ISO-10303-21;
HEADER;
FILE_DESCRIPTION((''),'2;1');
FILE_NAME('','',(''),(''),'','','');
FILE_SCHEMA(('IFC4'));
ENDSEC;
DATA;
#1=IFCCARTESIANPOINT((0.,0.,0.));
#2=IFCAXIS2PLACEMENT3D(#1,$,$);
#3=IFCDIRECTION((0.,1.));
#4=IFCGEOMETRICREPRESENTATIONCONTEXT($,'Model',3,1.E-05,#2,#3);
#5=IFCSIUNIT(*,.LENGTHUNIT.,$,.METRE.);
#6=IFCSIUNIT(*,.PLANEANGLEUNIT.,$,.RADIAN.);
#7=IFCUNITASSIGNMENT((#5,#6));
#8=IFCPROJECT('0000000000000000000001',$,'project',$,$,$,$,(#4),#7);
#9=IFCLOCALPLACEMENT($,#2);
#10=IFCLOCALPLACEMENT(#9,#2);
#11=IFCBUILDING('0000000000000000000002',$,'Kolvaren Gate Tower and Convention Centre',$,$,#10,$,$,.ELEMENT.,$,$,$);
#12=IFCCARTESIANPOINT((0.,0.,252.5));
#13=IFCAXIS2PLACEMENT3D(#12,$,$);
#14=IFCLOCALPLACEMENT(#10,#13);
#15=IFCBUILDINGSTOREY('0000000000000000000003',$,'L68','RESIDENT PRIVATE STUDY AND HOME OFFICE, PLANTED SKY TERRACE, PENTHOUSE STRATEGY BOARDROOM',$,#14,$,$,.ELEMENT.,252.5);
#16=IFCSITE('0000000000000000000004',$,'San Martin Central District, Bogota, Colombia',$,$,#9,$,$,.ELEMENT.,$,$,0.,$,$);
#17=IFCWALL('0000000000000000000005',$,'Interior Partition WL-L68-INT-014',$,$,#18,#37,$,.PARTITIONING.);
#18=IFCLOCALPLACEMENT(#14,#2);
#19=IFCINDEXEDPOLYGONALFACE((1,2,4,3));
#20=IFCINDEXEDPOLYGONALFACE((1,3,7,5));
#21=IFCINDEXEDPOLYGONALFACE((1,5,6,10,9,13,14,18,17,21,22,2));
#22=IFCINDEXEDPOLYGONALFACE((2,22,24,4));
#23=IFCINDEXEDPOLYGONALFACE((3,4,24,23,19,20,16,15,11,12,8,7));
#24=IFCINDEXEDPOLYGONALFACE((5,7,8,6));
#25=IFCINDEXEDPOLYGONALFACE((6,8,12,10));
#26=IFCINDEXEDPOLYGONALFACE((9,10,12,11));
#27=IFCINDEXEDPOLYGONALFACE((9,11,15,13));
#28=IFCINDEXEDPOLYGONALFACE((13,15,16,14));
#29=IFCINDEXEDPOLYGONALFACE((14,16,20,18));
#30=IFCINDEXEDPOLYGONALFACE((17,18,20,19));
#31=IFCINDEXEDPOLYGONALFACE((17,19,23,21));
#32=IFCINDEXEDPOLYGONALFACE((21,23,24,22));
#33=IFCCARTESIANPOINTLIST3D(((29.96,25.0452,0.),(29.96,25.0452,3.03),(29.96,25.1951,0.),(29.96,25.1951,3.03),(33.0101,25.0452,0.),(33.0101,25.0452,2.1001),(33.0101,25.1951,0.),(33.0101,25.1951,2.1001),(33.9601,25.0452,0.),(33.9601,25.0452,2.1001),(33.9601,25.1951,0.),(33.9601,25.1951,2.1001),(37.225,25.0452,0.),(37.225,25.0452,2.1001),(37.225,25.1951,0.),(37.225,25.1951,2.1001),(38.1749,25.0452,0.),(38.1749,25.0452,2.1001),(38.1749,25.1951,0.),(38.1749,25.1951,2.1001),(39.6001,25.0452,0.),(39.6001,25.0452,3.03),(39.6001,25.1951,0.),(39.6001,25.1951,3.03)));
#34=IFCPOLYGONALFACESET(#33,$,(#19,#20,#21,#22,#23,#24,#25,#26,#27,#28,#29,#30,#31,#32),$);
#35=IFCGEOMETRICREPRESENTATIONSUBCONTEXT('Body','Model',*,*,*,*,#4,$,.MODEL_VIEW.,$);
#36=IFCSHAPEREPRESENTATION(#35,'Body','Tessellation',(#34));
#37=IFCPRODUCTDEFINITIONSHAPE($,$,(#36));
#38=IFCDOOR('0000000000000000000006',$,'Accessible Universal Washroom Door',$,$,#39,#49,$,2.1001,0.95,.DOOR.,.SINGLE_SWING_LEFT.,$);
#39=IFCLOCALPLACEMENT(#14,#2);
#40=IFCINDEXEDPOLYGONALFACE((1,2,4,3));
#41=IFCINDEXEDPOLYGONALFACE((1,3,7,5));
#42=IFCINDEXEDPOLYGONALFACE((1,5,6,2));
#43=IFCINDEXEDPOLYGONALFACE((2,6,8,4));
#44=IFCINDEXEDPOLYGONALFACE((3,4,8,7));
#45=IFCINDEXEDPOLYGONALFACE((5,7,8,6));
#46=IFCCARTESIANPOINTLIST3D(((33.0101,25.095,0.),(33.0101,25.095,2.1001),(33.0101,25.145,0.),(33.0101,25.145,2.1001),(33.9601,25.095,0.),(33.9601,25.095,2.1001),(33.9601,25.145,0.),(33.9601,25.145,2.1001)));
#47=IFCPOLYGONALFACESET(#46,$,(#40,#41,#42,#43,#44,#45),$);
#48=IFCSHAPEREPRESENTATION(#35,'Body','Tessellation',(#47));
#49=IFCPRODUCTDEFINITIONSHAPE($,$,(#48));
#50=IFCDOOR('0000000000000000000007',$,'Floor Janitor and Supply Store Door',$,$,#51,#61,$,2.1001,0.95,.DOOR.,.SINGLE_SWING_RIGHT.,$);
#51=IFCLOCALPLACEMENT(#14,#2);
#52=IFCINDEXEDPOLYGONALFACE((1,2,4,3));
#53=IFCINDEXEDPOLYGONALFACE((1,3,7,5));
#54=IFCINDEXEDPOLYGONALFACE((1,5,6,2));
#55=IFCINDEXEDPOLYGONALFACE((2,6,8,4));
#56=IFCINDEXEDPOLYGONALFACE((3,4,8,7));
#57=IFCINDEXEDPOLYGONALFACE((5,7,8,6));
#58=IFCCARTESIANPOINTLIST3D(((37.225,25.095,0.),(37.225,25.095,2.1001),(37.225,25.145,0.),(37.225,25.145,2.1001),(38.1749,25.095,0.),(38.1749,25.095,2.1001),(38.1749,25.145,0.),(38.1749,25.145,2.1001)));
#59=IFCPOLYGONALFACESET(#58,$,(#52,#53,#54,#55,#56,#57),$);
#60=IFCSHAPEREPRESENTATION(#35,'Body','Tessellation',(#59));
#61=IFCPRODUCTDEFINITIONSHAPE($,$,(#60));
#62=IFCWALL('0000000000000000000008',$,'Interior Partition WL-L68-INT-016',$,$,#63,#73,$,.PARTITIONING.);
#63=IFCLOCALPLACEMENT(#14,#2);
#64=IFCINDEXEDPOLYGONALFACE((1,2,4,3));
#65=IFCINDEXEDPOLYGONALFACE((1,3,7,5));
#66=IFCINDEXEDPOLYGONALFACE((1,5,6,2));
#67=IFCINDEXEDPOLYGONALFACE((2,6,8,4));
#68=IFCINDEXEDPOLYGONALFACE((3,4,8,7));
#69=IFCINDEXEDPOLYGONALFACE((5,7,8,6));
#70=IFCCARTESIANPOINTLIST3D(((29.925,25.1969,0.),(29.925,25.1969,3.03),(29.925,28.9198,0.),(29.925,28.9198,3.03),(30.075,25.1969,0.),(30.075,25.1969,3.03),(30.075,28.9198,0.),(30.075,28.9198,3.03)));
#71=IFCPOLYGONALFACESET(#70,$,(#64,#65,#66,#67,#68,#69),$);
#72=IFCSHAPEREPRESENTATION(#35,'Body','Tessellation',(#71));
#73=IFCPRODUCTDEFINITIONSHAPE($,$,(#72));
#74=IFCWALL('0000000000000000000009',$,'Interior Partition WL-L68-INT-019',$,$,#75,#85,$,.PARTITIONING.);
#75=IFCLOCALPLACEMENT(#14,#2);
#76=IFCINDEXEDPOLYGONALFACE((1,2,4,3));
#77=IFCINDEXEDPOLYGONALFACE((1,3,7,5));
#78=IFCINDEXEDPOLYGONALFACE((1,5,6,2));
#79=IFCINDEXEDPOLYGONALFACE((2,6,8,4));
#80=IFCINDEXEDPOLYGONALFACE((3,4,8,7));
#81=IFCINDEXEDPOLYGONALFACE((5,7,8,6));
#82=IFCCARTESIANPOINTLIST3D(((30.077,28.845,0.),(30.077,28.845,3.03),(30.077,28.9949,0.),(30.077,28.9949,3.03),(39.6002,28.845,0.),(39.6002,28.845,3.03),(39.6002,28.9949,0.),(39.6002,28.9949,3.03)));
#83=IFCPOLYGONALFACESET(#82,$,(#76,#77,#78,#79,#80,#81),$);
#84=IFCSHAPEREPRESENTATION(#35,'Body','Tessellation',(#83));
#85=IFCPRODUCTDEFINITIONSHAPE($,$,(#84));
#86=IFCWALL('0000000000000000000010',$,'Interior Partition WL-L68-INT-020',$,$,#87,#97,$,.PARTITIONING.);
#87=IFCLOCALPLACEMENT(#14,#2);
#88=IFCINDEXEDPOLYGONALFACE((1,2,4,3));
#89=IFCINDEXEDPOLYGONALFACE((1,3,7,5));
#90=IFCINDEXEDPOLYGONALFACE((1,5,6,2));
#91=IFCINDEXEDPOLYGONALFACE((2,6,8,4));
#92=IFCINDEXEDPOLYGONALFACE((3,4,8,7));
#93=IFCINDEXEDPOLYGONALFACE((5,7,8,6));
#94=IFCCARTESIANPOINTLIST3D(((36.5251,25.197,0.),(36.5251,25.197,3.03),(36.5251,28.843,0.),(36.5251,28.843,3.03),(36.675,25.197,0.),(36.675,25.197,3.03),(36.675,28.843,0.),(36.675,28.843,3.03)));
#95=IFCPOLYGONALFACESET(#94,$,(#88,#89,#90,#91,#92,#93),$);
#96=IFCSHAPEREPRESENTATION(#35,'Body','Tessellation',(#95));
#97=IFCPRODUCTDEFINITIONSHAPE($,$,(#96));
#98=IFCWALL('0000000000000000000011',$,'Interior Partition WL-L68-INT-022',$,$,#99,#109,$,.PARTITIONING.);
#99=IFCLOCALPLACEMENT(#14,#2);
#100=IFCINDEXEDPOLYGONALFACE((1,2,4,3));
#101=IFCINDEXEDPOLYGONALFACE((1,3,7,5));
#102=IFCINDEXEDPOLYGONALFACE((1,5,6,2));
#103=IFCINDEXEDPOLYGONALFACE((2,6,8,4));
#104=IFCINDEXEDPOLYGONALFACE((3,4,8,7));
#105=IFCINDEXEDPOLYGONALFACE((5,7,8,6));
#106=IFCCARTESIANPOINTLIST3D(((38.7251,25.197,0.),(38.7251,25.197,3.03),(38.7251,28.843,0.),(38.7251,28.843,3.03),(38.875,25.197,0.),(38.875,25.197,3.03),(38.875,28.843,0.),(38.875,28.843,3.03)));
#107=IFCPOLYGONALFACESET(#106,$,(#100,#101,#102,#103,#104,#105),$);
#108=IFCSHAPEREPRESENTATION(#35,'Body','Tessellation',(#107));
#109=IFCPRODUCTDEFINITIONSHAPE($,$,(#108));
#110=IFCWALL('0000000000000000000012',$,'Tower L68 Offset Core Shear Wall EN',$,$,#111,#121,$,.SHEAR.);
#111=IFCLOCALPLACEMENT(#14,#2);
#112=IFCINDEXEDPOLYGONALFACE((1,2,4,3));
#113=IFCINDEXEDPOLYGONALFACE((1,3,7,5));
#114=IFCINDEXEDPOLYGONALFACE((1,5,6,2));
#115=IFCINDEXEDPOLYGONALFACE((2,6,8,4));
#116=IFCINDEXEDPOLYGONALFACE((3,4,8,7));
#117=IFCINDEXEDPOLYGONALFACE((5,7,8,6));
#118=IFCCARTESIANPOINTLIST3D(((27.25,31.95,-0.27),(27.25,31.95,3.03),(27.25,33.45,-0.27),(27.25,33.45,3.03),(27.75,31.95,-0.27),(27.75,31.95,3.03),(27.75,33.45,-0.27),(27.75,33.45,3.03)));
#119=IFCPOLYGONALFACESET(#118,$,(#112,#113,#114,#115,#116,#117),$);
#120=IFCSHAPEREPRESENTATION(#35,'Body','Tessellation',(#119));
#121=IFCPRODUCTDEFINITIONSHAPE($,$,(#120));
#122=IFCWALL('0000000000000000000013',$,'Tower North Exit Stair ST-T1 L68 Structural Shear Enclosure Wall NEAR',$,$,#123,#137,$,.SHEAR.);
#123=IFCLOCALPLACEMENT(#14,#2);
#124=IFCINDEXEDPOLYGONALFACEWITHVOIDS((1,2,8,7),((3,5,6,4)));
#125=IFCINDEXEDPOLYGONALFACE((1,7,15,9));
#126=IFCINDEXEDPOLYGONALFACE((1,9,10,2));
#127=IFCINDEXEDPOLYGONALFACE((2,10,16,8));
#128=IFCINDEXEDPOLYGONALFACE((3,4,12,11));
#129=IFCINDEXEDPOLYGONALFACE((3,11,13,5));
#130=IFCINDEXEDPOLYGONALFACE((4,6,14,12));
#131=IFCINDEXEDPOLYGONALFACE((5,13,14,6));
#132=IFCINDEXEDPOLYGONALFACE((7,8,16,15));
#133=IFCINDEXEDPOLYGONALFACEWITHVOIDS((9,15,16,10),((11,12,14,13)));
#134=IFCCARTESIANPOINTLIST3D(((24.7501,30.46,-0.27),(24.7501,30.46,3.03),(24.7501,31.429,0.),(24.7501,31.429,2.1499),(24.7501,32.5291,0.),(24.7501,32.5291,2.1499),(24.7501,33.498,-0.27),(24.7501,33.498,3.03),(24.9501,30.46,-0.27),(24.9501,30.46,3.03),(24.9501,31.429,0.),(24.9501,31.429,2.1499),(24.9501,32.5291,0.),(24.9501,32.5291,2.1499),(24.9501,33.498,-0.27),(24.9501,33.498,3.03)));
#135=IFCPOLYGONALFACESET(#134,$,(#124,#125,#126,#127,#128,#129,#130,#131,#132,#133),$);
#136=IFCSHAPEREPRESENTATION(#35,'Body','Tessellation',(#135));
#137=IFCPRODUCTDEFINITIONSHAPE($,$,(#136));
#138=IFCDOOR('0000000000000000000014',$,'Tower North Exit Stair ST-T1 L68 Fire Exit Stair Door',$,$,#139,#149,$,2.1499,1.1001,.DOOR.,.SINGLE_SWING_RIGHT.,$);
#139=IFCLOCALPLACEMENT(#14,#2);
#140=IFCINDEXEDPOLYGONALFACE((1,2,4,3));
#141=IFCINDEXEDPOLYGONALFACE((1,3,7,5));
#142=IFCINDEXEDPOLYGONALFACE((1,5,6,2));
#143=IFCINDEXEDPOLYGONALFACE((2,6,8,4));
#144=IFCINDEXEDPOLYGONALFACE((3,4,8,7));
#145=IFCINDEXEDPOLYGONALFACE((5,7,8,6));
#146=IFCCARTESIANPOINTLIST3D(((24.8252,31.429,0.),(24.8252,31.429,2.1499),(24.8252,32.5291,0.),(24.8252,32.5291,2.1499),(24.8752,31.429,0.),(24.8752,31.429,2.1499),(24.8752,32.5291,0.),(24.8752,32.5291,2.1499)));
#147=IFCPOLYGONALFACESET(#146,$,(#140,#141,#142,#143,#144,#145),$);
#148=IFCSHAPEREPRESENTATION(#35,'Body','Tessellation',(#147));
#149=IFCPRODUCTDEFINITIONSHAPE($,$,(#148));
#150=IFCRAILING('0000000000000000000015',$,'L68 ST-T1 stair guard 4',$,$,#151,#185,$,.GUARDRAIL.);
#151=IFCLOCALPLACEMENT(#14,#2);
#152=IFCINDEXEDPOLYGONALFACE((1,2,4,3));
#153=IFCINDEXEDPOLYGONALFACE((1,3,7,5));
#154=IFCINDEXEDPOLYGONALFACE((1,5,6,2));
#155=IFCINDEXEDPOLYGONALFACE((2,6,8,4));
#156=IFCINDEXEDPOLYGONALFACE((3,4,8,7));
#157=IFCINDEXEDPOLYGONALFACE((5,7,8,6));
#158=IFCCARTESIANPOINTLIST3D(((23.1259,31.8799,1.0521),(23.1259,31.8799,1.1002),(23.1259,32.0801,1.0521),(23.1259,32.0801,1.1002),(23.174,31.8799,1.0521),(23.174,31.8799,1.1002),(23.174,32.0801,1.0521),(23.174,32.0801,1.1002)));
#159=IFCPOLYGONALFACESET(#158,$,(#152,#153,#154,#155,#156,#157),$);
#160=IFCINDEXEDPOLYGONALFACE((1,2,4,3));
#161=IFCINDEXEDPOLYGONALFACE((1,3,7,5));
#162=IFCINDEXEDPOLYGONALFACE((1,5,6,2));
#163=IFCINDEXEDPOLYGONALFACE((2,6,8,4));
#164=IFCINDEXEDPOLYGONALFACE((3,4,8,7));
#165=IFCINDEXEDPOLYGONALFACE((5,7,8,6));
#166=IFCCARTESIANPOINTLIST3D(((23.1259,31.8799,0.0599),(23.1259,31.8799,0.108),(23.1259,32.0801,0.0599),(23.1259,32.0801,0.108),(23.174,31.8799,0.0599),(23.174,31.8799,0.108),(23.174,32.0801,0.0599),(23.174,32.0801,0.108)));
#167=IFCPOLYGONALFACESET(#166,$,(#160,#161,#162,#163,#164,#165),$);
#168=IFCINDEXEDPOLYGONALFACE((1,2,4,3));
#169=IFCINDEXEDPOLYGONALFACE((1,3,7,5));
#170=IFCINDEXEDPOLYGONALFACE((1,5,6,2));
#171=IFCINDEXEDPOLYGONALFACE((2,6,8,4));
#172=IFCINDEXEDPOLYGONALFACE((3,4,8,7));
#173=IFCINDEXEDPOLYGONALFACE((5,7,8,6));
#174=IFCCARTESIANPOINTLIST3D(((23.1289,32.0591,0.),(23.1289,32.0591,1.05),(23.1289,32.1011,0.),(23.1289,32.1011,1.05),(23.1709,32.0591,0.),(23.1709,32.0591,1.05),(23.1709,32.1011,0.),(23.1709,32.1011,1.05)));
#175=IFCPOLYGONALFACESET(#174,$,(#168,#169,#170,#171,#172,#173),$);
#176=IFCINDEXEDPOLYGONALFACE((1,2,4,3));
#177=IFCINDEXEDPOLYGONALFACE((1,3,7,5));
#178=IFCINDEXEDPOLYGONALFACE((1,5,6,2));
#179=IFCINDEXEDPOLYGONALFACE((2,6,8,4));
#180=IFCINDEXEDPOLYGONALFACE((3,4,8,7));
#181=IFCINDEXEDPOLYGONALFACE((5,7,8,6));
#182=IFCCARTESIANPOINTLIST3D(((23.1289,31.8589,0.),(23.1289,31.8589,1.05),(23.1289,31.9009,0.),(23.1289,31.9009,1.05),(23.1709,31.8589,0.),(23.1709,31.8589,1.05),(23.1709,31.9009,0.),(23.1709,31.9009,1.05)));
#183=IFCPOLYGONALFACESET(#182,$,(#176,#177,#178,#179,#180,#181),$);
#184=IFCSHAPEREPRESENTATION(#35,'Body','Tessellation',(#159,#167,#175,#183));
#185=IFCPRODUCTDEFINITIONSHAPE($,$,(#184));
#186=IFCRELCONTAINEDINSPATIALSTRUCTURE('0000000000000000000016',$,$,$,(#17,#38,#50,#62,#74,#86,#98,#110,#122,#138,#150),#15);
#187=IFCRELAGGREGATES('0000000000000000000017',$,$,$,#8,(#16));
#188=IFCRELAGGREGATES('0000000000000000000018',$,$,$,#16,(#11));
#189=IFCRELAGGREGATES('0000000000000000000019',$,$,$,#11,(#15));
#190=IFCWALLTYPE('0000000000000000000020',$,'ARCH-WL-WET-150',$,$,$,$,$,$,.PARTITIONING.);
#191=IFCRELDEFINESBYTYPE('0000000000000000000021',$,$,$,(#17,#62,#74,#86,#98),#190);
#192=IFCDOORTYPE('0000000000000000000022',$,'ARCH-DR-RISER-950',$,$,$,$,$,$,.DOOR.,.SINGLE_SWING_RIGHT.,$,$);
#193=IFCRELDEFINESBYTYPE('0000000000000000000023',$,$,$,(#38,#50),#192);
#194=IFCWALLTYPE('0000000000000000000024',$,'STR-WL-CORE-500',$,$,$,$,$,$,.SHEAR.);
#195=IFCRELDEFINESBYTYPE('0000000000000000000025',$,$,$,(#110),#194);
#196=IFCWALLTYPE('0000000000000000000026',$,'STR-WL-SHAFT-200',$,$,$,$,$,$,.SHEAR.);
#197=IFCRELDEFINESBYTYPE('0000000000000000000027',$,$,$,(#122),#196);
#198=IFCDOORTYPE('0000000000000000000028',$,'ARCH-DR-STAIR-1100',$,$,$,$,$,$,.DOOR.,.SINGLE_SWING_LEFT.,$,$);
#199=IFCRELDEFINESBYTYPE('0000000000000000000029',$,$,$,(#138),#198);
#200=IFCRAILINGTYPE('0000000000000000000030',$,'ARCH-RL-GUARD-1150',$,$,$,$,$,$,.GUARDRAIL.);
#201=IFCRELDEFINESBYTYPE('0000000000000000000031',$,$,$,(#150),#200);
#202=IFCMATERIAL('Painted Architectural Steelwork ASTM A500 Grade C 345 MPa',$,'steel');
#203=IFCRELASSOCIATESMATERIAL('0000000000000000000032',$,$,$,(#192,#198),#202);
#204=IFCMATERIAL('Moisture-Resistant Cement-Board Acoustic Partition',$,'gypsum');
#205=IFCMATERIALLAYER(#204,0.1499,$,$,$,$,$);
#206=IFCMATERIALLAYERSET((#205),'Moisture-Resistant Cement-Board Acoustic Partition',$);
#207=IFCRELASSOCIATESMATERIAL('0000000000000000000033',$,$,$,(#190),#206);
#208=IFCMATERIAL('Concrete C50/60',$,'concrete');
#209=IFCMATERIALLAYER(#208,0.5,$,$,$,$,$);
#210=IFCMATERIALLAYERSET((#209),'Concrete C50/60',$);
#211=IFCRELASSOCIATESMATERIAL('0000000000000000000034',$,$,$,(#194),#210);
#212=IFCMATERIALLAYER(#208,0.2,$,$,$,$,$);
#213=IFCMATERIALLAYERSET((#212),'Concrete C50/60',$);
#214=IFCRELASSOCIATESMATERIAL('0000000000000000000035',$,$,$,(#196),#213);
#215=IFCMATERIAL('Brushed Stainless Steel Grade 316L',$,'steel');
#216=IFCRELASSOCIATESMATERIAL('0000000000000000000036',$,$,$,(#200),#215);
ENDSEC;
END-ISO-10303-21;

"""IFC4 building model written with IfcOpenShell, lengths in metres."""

from ifc_helpers import new_model, si_unit, direction, frame, frame_2d, origin, origin_2d, place, context, subcontext, project, spatial, rectangle, extrude, material, layer, layer_set, type_object, element, fill, save


model = new_model("IFC4")

# Units and contexts
model_context = context("Model", 3, precision=1e-05, world=origin(), true_north=direction((0.0, 1.0)))
body_context = subcontext(model_context, "Body", "Model", "MODEL_VIEW")
ifc_project = project(units=[si_unit("LENGTHUNIT", "METRE"), si_unit("PLANEANGLEUNIT", "RADIAN")], contexts=[model_context])

# Site, building, storey
site_placement = place(None, origin())
site = spatial("IfcSite", under=ifc_project, at=site_placement, Name="San Martin Central District, Bogota, Colombia", CompositionType="ELEMENT", RefElevation=0.0)
building_placement = place(site_placement, origin())
building = spatial("IfcBuilding", under=site, at=building_placement, Name="Kolvaren Gate Tower and Convention Centre", CompositionType="ELEMENT")
storey_placement = place(building_placement, frame((0.0, 0.0, 252.5)))
storey = spatial("IfcBuildingStorey", under=building, at=storey_placement, Name="L68", Description="RESIDENT PRIVATE STUDY AND HOME OFFICE, PLANTED SKY TERRACE, PENTHOUSE STRATEGY BOARDROOM", CompositionType="ELEMENT", Elevation=252.5)

# Shared definitions
ifc_material_1 = material(Name="Painted Architectural Steelwork ASTM A500 Grade C 345 MPa", Category="steel")
door_type_1 = type_object("IfcDoorType", Name="ARCH-DR-RISER-950", OperationType="SINGLE_SWING_RIGHT", PredefinedType="DOOR", material=ifc_material_1)

# Shared definitions
ifc_material_2 = material(Name="Brushed Stainless Steel Grade 316L", Category="steel")

# Wall, openings, doors
ifc_material_3 = material(Name="Moisture-Resistant Cement-Board Acoustic Partition", Category="gypsum")
ifc_layer_1 = layer(ifc_material_3, 0.1499)
ifc_layer_set_1 = layer_set([ifc_layer_1], Name="Moisture-Resistant Cement-Board Acoustic Partition")
wall_type_1 = type_object("IfcWallType", Name="ARCH-WL-WET-150", PredefinedType="PARTITIONING", material=ifc_layer_set_1)
wall_1_placement = place(storey_placement, frame((29.96, 25.1201, 0.0), z_axis=(0.0, 0.0, 1.0), x_axis=(1.0, 0.0, 0.0)))
wall_1 = element("IfcWall", 1, at=wall_1_placement, inside=storey, type_object=wall_type_1, Name="Interior Partition WL-L68-INT-014", PredefinedType="PARTITIONING", context=body_context, shape_type="SweptSolid", body=[
    extrude(rectangle(XDim=9.6401, YDim=0.1499, at=frame_2d((4.8201, 0.0))), origin(), (0.0, 0.0, 1.0), 3.03),
])
opening_1_placement = place(wall_1_placement, frame((3.05, 0.0, 0.0)))
opening_1 = element("IfcOpeningElement", 2, at=opening_1_placement, cuts=wall_1, PredefinedType="OPENING", context=body_context, shape_type="SweptSolid", body=[
    extrude(rectangle(XDim=0.95, YDim=2.1001, at=frame_2d((0.4751, 1.05))), frame((0.0, 0.085, 0.0), z_axis=(0.0, -1.0, 0.0), x_axis=(1.0, 0.0, 0.0)), (0.0, 0.0, 1.0), 0.1699),
])
opening_2_placement = place(wall_1_placement, frame((7.2649, 0.0, 0.0)))
opening_2 = element("IfcOpeningElement", 3, at=opening_2_placement, cuts=wall_1, PredefinedType="OPENING", context=body_context, shape_type="SweptSolid", body=[
    extrude(rectangle(XDim=0.95, YDim=2.1001, at=frame_2d((0.4751, 1.05))), frame((0.0, 0.085, 0.0), z_axis=(0.0, -1.0, 0.0), x_axis=(1.0, 0.0, 0.0)), (0.0, 0.0, 1.0), 0.1699),
])
door_1_placement = place(opening_1_placement, origin())
door_1 = element("IfcDoor", 4, at=door_1_placement, inside=storey, type_object=door_type_1, Name="Accessible Universal Washroom Door", OperationType="SINGLE_SWING_LEFT", OverallHeight=2.1001, OverallWidth=0.95, PredefinedType="DOOR", context=body_context, shape_type="SweptSolid", body=[
    extrude(rectangle(XDim=0.95, YDim=2.1001, at=frame_2d((0.4751, 1.05))), frame((0.0, 0.0249, 0.0), z_axis=(0.0, -1.0, 0.0), x_axis=(1.0, 0.0, 0.0)), (0.0, 0.0, 1.0), 0.05),
])
fill(opening_1, door_1)
door_2_placement = place(opening_2_placement, origin())
door_2 = element("IfcDoor", 5, at=door_2_placement, inside=storey, type_object=door_type_1, Name="Floor Janitor and Supply Store Door", OperationType="SINGLE_SWING_RIGHT", OverallHeight=2.1001, OverallWidth=0.95, PredefinedType="DOOR", context=body_context, shape_type="SweptSolid", body=[
    extrude(rectangle(XDim=0.95, YDim=2.1001, at=frame_2d((0.4751, 1.05))), frame((0.0, 0.0249, 0.0), z_axis=(0.0, -1.0, 0.0), x_axis=(1.0, 0.0, 0.0)), (0.0, 0.0, 1.0), 0.05),
])
fill(opening_2, door_2)

# Walls
wall_2_placement = place(storey_placement, frame((30.0, 25.197, 0.0), z_axis=(0.0, 0.0, 1.0), x_axis=(0.0, 1.0, 0.0)))
element("IfcWall", 6, at=wall_2_placement, inside=storey, type_object=wall_type_1, Name="Interior Partition WL-L68-INT-016", PredefinedType="PARTITIONING", context=body_context, shape_type="SweptSolid", body=[
    extrude(rectangle(XDim=3.7229, YDim=0.1499, at=frame_2d((1.8613, 0.0))), origin(), (0.0, 0.0, 1.0), 3.03),
])
wall_3_placement = place(storey_placement, frame((30.0769, 28.9199, 0.0), z_axis=(0.0, 0.0, 1.0), x_axis=(1.0, 0.0, 0.0)))
element("IfcWall", 7, at=wall_3_placement, inside=storey, type_object=wall_type_1, Name="Interior Partition WL-L68-INT-019", PredefinedType="PARTITIONING", context=body_context, shape_type="SweptSolid", body=[
    extrude(rectangle(XDim=9.5232, YDim=0.1499, at=frame_2d((4.7617, 0.0))), origin(), (0.0, 0.0, 1.0), 3.03),
])
for number, where, z_axis, x_axis, name in (
    (8, (36.6001, 25.197, 0.0), (0.0, 0.0, 1.0), (0.0, 1.0, 0.0), "Interior Partition WL-L68-INT-020"),
    (9, (38.8, 25.197, 0.0), (0.0, 0.0, 1.0), (0.0, 1.0, 0.0), "Interior Partition WL-L68-INT-022"),
):
    element("IfcWall", number, at=place(storey_placement, frame(where, z_axis=z_axis, x_axis=x_axis)), inside=storey, type_object=wall_type_1, Name=name, PredefinedType="PARTITIONING", context=body_context, shape_type="SweptSolid", body=[
        extrude(rectangle(XDim=3.646, YDim=0.1499, at=frame_2d((1.823, 0.0))), origin(), (0.0, 0.0, 1.0), 3.03),
    ])
ifc_material_4 = material(Name="Concrete C50/60", Category="concrete")
ifc_layer_2 = layer(ifc_material_4, 0.5)
ifc_layer_set_2 = layer_set([ifc_layer_2], Name="Concrete C50/60")
wall_type_2 = type_object("IfcWallType", Name="STR-WL-CORE-500", PredefinedType="SHEAR", material=ifc_layer_set_2)
wall_4_placement = place(storey_placement, frame((27.5, 31.95, -0.27), z_axis=(0.0, 0.0, 1.0), x_axis=(0.0, 1.0, 0.0)))
element("IfcWall", 10, at=wall_4_placement, inside=storey, type_object=wall_type_2, Name="Tower L68 Offset Core Shear Wall EN", PredefinedType="SHEAR", context=body_context, shape_type="SweptSolid", body=[
    extrude(rectangle(XDim=1.5, YDim=0.5, at=frame_2d((0.75, 0.0))), origin(), (0.0, 0.0, 1.0), 3.3),
])

# Wall, opening, door
ifc_layer_3 = layer(ifc_material_4, 0.2)
ifc_layer_set_3 = layer_set([ifc_layer_3], Name="Concrete C50/60")
wall_type_3 = type_object("IfcWallType", Name="STR-WL-SHAFT-200", PredefinedType="SHEAR", material=ifc_layer_set_3)
wall_5_placement = place(storey_placement, frame((24.8501, 30.46, -0.27), z_axis=(0.0, 0.0, 1.0), x_axis=(0.0, 1.0, 0.0)))
wall_5 = element("IfcWall", 11, at=wall_5_placement, inside=storey, type_object=wall_type_3, Name="Tower North Exit Stair ST-T1 L68 Structural Shear Enclosure Wall NEAR", PredefinedType="SHEAR", context=body_context, shape_type="SweptSolid", body=[
    extrude(rectangle(XDim=3.0381, YDim=0.2, at=frame_2d((1.519, 0.0))), origin(), (0.0, 0.0, 1.0), 3.3),
])
opening_3_placement = place(wall_5_placement, frame((0.969, 0.0, 0.27)))
opening_3 = element("IfcOpeningElement", 12, at=opening_3_placement, cuts=wall_5, PredefinedType="OPENING", context=body_context, shape_type="SweptSolid", body=[
    extrude(rectangle(XDim=1.1001, YDim=2.1499, at=frame_2d((0.55, 1.075))), frame((0.0, 0.1099, 0.0), z_axis=(0.0, -1.0, 0.0), x_axis=(1.0, 0.0, 0.0)), (0.0, 0.0, 1.0), 0.22),
])
door_type_2 = type_object("IfcDoorType", Name="ARCH-DR-STAIR-1100", OperationType="SINGLE_SWING_LEFT", PredefinedType="DOOR", material=ifc_material_1)
door_3_placement = place(opening_3_placement, origin())
door_3 = element("IfcDoor", 13, at=door_3_placement, inside=storey, type_object=door_type_2, Name="Tower North Exit Stair ST-T1 L68 Fire Exit Stair Door", OperationType="SINGLE_SWING_RIGHT", OverallHeight=2.1499, OverallWidth=1.1001, PredefinedType="DOOR", context=body_context, shape_type="SweptSolid", body=[
    extrude(rectangle(XDim=1.1001, YDim=2.1499, at=frame_2d((0.55, 1.075))), frame((0.0, 0.0249, 0.0), z_axis=(0.0, -1.0, 0.0), x_axis=(1.0, 0.0, 0.0)), (0.0, 0.0, 1.0), 0.05),
])
fill(opening_3, door_3)

# Railing
railing_type = type_object("IfcRailingType", Name="ARCH-RL-GUARD-1150", PredefinedType="GUARDRAIL", material=ifc_material_2)
railing_placement = place(storey_placement, frame((23.1499, 32.0801, 0.0)))
element("IfcRailing", 14, at=railing_placement, inside=storey, type_object=railing_type, Name="L68 ST-T1 stair guard 4", PredefinedType="GUARDRAIL", context=body_context, shape_type="SweptSolid", body=[
    extrude(rectangle(XDim=0.0481, YDim=0.0481, at=origin_2d()), frame((0.0, 0.0, 1.0762), z_axis=(0.0, -1.0, 0.0), x_axis=(1.0, 0.0, 0.0)), (0.0, 0.0, 1.0), 0.2002),
    extrude(rectangle(XDim=0.0481, YDim=0.0481, at=origin_2d()), frame((0.0, 0.0, 0.084), z_axis=(0.0, -1.0, 0.0), x_axis=(1.0, 0.0, 0.0)), (0.0, 0.0, 1.0), 0.2002),
    extrude(rectangle(XDim=0.042, YDim=0.042, at=origin_2d()), origin(), (0.0, 0.0, 1.0), 1.05),
    extrude(rectangle(XDim=0.042, YDim=0.042, at=origin_2d()), frame((0.0, -0.2002, 0.0)), (0.0, 0.0, 1.0), 1.05),
])

save(model, "model.ifc")
